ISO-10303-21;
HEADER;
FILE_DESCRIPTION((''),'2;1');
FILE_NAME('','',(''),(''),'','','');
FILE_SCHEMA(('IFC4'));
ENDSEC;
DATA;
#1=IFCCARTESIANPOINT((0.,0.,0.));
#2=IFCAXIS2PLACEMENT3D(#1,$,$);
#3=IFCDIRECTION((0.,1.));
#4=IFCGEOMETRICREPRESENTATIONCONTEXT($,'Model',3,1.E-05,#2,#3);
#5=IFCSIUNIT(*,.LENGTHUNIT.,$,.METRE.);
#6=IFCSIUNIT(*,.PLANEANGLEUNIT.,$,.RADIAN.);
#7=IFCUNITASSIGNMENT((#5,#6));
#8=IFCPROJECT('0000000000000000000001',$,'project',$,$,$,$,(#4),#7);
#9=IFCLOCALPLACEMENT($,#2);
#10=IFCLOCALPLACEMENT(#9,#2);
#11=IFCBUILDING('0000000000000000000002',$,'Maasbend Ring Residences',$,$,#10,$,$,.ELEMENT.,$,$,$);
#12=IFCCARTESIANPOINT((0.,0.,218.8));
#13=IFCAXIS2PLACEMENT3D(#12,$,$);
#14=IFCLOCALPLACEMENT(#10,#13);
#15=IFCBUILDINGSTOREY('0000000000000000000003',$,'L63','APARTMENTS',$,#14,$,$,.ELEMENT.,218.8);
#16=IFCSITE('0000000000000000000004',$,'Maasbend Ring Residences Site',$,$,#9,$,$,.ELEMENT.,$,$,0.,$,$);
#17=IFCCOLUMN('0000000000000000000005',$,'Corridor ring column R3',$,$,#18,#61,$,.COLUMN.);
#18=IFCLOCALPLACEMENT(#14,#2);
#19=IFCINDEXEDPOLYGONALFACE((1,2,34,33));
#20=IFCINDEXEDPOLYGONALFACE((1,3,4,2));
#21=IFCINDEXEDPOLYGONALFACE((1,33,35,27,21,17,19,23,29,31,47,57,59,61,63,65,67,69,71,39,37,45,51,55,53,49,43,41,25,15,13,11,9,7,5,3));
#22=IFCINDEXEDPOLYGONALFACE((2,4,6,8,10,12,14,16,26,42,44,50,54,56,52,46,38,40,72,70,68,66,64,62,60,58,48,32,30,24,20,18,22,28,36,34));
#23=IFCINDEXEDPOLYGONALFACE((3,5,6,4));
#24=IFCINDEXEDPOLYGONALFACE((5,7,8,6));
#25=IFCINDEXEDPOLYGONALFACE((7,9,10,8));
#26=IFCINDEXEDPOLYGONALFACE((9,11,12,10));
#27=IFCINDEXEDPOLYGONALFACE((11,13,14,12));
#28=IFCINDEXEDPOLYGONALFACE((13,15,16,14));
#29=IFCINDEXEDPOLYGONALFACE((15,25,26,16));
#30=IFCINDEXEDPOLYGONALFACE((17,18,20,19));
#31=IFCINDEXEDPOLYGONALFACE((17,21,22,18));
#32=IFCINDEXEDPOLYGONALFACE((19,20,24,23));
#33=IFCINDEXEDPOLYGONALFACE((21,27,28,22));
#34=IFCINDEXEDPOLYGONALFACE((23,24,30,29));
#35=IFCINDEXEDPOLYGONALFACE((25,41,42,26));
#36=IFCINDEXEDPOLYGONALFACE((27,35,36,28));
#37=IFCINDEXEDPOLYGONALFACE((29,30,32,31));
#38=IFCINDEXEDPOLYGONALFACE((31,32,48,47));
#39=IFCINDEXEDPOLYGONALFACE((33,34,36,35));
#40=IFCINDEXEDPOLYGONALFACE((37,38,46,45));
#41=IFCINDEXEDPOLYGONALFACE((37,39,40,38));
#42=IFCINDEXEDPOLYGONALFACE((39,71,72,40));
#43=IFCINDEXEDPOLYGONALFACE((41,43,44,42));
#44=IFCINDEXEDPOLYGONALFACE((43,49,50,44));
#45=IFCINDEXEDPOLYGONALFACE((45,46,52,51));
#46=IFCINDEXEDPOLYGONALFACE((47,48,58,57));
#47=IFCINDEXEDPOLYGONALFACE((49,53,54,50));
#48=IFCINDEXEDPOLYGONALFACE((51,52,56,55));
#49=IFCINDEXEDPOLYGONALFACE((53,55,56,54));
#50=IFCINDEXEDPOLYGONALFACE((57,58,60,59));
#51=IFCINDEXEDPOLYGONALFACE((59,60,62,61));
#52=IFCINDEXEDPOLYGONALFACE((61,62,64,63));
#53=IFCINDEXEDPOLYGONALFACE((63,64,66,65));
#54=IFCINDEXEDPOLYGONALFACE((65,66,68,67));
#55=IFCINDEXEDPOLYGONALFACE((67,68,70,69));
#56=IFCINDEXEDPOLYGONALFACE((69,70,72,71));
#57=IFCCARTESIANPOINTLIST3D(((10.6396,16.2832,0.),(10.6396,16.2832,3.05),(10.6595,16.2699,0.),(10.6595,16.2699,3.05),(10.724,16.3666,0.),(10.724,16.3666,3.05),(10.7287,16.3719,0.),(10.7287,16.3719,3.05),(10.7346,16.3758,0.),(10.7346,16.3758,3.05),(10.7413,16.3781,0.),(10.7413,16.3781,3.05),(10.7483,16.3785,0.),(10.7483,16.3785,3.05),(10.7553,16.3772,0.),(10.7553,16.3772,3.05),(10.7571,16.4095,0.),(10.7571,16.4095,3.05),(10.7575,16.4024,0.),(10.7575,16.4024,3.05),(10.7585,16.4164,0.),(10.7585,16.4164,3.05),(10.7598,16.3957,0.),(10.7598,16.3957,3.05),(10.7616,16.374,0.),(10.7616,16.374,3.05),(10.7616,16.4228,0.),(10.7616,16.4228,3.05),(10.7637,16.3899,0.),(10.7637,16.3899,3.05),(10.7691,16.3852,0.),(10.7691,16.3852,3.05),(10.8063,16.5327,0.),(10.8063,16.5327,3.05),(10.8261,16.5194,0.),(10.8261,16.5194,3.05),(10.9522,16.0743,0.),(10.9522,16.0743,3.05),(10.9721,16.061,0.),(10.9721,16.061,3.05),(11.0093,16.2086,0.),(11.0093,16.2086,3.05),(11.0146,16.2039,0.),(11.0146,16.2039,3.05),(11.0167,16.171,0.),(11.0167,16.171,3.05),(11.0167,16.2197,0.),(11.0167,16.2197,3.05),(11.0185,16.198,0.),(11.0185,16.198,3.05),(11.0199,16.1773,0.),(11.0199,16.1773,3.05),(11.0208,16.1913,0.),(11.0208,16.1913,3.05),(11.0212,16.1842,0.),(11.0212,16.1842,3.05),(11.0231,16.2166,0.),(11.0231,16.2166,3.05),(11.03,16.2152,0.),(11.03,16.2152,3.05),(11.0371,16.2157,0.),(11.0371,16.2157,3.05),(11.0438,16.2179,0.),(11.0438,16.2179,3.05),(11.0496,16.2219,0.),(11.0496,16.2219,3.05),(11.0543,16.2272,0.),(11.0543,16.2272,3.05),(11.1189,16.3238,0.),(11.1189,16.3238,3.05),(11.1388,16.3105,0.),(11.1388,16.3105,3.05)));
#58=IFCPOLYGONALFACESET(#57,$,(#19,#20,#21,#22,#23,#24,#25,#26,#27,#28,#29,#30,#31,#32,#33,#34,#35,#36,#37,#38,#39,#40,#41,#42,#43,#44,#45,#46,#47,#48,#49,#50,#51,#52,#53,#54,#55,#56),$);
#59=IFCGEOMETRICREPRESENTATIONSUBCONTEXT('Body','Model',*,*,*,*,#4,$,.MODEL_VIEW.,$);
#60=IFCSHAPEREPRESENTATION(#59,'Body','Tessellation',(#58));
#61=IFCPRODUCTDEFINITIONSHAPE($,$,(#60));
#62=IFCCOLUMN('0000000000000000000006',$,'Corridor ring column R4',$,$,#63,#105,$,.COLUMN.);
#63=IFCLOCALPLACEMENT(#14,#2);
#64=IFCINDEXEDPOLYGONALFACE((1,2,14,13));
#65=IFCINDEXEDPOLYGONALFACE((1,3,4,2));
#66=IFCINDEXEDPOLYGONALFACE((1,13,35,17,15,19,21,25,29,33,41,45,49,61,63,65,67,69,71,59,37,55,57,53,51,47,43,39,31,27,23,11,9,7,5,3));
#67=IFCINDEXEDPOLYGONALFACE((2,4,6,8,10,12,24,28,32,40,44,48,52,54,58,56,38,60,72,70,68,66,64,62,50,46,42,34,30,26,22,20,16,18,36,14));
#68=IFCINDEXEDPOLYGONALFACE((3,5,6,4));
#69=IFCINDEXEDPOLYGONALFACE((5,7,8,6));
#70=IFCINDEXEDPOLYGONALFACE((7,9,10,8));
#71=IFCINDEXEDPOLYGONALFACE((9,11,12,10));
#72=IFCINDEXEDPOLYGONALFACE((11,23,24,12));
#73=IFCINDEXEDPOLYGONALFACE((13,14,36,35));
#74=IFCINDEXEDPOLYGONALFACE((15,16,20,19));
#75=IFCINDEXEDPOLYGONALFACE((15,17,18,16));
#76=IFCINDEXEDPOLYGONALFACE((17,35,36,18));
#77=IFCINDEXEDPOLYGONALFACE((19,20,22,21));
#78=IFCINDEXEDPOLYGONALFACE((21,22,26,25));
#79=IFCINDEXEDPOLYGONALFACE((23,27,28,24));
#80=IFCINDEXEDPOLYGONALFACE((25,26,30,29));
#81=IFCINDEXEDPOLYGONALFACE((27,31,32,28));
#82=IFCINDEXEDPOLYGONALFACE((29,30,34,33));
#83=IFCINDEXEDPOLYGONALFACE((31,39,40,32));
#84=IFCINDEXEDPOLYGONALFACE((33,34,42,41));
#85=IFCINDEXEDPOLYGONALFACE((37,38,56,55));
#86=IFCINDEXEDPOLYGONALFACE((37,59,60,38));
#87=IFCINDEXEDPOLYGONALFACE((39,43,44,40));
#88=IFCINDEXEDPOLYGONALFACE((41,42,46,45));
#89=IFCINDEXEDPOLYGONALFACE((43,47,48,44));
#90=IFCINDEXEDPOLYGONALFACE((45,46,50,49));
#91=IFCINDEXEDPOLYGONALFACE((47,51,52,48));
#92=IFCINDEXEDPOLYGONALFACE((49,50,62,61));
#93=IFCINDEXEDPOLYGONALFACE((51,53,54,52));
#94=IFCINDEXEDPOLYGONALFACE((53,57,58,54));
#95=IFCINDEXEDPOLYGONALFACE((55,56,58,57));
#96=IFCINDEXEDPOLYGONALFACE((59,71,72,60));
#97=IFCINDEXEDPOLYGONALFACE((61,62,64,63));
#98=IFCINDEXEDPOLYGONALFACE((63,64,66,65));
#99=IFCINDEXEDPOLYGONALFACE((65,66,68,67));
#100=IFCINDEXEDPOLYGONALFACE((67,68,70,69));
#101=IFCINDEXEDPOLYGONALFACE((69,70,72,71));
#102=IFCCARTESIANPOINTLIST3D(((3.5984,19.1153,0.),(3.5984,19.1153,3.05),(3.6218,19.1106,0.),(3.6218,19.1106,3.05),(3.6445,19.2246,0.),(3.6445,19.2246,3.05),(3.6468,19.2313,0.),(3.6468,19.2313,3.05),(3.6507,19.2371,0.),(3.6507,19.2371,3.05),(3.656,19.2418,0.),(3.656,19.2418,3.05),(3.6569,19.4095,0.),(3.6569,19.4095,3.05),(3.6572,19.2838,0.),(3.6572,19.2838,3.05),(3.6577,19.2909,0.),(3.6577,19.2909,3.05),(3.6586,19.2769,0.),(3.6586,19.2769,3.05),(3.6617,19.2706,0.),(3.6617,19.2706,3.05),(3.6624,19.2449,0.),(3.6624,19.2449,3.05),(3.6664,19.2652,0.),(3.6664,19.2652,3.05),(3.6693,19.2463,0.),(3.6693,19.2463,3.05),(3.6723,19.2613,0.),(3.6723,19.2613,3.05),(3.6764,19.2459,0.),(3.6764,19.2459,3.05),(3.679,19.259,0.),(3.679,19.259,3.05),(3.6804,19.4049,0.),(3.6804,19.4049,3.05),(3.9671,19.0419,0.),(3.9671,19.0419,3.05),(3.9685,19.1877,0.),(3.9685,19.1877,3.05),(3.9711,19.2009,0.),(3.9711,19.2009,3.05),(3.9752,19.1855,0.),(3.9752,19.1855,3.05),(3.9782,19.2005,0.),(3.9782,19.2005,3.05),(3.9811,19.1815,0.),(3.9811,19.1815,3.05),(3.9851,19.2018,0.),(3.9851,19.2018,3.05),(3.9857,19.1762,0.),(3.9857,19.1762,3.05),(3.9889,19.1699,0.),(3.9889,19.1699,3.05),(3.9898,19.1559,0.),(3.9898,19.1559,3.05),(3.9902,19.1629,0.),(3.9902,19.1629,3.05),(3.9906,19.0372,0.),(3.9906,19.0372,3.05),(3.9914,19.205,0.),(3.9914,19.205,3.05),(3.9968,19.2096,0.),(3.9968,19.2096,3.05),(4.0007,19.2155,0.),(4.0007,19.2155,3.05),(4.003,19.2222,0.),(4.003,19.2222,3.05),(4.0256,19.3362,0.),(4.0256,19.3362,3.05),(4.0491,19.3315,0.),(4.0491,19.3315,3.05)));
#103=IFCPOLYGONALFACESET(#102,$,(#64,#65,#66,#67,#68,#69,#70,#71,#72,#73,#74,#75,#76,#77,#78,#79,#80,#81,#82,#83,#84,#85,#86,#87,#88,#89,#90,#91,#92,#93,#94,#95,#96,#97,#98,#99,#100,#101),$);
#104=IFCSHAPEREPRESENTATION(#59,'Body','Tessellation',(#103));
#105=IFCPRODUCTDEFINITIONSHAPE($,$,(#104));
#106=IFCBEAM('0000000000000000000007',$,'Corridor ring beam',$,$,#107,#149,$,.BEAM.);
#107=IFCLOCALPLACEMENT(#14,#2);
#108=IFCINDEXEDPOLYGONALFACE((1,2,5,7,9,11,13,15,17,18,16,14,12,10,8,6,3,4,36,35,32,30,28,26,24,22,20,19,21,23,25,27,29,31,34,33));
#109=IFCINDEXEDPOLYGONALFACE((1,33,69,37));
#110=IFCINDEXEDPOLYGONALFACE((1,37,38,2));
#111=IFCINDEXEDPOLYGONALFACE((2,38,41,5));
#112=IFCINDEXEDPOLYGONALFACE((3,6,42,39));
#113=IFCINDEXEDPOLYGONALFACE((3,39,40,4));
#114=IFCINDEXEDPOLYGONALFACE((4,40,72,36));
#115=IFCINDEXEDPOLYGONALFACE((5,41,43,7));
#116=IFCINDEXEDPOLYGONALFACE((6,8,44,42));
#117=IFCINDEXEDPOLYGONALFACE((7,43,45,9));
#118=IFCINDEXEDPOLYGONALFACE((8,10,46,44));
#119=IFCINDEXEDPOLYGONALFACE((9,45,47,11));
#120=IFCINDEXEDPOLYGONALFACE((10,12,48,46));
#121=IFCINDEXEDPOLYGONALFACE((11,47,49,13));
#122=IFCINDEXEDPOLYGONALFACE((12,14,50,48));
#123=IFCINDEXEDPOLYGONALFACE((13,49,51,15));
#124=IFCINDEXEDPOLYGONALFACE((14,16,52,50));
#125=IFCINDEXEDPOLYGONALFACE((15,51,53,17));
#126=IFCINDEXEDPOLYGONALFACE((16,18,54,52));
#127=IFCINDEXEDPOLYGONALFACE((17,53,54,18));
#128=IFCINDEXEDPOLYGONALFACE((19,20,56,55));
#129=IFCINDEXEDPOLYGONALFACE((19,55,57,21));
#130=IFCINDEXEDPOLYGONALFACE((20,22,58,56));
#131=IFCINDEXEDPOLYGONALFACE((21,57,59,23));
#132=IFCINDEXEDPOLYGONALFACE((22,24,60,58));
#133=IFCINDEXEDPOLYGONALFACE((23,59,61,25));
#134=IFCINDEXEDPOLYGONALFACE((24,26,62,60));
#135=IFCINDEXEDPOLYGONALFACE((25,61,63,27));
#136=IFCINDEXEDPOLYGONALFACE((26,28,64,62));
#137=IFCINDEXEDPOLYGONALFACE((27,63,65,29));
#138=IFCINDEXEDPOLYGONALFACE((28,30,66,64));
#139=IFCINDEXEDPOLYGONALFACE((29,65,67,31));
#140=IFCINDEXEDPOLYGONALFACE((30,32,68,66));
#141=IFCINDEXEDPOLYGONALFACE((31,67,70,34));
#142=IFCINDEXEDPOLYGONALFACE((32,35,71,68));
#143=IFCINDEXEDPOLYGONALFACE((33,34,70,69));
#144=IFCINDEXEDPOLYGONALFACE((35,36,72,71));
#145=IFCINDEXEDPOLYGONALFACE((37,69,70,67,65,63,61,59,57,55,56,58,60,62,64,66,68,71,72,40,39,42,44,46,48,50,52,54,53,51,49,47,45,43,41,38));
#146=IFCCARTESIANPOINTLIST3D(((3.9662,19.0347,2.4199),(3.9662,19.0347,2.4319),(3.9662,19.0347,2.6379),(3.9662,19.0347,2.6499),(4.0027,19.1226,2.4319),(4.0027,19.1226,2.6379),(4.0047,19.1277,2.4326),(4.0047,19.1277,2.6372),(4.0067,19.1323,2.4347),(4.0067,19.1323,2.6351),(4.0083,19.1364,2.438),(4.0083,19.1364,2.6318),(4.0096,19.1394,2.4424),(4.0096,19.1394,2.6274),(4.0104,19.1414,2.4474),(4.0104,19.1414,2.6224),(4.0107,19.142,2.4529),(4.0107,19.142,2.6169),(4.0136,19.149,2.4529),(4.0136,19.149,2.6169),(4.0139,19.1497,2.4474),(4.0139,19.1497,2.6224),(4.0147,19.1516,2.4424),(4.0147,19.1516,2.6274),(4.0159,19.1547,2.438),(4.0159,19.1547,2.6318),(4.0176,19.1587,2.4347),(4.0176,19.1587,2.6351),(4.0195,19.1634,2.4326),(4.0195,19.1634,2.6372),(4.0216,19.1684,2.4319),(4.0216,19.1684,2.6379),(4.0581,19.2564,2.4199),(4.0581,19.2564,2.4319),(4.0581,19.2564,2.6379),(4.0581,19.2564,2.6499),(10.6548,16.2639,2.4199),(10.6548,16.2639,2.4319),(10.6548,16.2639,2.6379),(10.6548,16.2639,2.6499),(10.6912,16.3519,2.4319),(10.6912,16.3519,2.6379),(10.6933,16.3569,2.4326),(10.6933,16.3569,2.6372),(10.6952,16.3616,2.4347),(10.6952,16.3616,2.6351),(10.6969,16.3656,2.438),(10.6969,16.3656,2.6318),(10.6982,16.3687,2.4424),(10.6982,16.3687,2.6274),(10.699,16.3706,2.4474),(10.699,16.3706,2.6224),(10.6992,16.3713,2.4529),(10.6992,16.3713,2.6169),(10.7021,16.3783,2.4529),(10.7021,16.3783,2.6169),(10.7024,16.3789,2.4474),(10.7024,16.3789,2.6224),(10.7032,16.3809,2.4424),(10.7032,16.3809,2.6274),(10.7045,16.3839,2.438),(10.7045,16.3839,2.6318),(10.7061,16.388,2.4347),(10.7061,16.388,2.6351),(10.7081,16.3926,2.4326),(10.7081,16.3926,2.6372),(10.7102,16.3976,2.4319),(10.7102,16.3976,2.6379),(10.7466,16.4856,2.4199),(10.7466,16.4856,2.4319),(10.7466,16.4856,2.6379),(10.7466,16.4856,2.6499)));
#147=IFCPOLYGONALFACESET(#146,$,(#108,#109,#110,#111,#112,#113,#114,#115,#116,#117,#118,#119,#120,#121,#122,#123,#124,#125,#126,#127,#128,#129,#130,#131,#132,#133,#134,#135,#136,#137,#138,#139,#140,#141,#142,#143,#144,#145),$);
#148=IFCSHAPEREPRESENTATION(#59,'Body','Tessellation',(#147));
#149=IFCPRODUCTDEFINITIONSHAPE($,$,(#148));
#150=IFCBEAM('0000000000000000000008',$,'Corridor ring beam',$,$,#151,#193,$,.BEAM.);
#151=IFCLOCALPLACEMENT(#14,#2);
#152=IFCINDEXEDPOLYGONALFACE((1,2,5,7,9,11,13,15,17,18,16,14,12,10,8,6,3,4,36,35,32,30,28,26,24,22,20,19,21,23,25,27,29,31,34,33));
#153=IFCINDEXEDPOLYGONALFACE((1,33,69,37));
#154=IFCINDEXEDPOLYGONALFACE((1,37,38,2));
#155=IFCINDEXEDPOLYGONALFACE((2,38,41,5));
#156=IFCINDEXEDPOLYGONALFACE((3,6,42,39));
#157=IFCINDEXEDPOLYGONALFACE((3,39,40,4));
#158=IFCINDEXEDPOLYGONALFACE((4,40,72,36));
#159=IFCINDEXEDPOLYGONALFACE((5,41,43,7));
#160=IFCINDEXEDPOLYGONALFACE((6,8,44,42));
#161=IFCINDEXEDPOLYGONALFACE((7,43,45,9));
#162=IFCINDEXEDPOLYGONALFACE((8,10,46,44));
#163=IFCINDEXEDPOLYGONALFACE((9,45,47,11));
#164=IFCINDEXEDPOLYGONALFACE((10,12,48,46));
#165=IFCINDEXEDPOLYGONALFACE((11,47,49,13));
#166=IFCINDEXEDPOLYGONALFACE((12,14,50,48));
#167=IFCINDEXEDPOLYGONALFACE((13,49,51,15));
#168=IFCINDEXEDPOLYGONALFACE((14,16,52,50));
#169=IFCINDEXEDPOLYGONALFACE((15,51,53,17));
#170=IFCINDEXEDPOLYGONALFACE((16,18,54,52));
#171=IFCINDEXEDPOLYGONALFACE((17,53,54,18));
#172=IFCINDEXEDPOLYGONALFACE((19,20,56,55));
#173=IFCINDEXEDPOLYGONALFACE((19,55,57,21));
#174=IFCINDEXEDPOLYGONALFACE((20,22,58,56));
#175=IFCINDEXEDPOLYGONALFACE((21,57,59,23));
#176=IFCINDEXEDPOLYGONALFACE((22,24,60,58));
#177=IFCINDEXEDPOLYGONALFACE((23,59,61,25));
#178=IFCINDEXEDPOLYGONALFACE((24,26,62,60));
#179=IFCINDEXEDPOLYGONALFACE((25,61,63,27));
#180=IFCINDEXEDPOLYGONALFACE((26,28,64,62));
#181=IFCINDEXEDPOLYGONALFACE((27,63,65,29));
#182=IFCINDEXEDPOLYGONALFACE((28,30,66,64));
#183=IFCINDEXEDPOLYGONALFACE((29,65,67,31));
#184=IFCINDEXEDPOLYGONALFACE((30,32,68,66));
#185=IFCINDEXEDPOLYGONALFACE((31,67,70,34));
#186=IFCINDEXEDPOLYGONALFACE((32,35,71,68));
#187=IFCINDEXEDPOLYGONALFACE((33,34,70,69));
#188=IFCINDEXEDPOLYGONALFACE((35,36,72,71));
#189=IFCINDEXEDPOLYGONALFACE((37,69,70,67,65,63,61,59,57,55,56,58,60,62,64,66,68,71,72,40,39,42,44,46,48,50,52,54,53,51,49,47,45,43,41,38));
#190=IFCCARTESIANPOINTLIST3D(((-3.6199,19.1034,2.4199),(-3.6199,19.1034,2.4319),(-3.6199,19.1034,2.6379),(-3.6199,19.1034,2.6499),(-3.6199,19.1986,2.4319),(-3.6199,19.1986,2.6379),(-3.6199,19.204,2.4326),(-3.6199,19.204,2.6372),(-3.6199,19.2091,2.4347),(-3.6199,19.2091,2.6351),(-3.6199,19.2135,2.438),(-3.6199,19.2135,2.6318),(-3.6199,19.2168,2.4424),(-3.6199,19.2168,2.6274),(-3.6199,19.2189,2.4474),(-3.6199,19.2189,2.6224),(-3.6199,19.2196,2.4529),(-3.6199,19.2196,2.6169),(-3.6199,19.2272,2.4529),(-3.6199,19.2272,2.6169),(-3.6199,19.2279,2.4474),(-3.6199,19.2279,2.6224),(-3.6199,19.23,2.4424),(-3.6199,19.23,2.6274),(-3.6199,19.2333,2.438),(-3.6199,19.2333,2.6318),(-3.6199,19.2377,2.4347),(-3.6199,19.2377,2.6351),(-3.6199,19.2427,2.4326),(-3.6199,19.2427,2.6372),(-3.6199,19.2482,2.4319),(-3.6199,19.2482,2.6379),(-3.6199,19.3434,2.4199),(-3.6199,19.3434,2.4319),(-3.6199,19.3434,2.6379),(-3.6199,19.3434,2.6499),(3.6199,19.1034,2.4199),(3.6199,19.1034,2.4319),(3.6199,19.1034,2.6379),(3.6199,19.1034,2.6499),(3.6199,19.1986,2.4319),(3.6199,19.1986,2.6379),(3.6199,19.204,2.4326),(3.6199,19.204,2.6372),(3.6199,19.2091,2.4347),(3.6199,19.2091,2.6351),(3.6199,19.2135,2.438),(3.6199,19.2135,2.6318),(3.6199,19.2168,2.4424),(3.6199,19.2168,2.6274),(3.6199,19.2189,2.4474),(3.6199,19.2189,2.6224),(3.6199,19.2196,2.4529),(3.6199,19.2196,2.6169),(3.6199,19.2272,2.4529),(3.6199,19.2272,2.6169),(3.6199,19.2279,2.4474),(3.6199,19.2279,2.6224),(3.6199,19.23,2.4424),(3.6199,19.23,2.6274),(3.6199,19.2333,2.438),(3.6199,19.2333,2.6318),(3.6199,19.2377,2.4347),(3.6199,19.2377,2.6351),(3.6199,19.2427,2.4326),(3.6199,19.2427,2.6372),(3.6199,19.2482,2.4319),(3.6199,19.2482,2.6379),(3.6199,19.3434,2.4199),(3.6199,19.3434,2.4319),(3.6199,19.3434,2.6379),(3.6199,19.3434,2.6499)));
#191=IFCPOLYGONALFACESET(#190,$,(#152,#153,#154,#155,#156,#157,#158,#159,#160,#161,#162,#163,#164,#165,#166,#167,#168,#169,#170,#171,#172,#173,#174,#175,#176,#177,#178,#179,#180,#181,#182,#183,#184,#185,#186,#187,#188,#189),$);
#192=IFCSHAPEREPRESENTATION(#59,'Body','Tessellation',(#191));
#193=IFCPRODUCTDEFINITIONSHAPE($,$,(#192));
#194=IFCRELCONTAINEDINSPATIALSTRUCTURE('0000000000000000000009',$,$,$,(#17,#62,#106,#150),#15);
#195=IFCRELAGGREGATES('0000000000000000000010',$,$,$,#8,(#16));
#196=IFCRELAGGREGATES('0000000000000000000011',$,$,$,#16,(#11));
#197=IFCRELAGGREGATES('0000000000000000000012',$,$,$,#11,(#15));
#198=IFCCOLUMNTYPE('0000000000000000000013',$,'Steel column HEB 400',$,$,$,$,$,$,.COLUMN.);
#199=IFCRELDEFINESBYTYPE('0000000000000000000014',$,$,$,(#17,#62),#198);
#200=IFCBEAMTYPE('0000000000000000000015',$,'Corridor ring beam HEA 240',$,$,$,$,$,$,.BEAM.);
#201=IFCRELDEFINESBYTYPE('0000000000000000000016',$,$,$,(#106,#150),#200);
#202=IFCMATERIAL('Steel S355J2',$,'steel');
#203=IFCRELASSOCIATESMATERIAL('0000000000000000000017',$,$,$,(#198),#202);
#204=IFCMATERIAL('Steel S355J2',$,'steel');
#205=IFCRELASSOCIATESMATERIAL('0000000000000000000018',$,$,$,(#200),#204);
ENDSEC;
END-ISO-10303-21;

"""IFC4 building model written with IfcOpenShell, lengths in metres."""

from ifc_helpers import new_model, si_unit, direction, frame, origin, origin_2d, place, context, subcontext, project, spatial, i_section, extrude, material, material_profile, profile_set, type_object, element, save


model = new_model("IFC4")

# Units and contexts
model_context = context("Model", 3, precision=1e-05, world=origin(), true_north=direction((0.0, 1.0)))
body_context = subcontext(model_context, "Body", "Model", "MODEL_VIEW")
ifc_project = project(units=[si_unit("LENGTHUNIT", "METRE"), si_unit("PLANEANGLEUNIT", "RADIAN")], contexts=[model_context])

# Site, building, storey
site_placement = place(None, origin())
site = spatial("IfcSite", under=ifc_project, at=site_placement, Name="Maasbend Ring Residences Site", CompositionType="ELEMENT", RefElevation=0.0)
building_placement = place(site_placement, origin())
building = spatial("IfcBuilding", under=site, at=building_placement, Name="Maasbend Ring Residences", CompositionType="ELEMENT")
storey_placement = place(building_placement, frame((0.0, 0.0, 218.8)))
storey = spatial("IfcBuildingStorey", under=building, at=storey_placement, Name="L63", Description="APARTMENTS", CompositionType="ELEMENT", Elevation=218.8)

# Columns
ifc_material_1 = material(Name="Steel S355J2", Category="steel")
ifc_material_profile_1 = material_profile(ifc_material_1, i_section(OverallWidth=0.3, OverallDepth=0.3999, WebThickness=0.0134, FlangeThickness=0.0239, FilletRadius=0.0271, at=origin_2d()), Name="HEB 400")
ifc_profile_set_1 = profile_set([ifc_material_profile_1], Name="Steel S355J2")
column_type = type_object("IfcColumnType", Name="Steel column HEB 400", PredefinedType="COLUMN", material=ifc_profile_set_1)
for number, where, z_axis, x_axis, name in (
    (1, (10.8892, 16.2969, 0.0), (0.0, 0.0, 1.0), (0.55557, 0.83147, 0.0), "Corridor ring column R3"),
    (2, (3.8237, 19.2234, 0.0), (0.0, 0.0, 1.0), (0.19509, 0.980785, 0.0), "Corridor ring column R4"),
):
    element("IfcColumn", number, at=place(storey_placement, frame(where, z_axis=z_axis, x_axis=x_axis)), inside=storey, type_object=column_type, Name=name, PredefinedType="COLUMN", context=body_context, shape_type="SweptSolid", body=[
        extrude(i_section(OverallWidth=0.3, OverallDepth=0.3999, WebThickness=0.0134, FlangeThickness=0.0239, FilletRadius=0.0271, at=origin_2d()), origin(), (0.0, 0.0, 1.0), 3.05),
    ])

# Beams
ifc_material_2 = material(Name="Steel S355J2", Category="steel")
ifc_material_profile_2 = material_profile(ifc_material_2, i_section(OverallWidth=0.24, OverallDepth=0.23, WebThickness=0.0076, FlangeThickness=0.012, FilletRadius=0.021, at=origin_2d()), Name="HEA 240")
ifc_profile_set_2 = profile_set([ifc_material_profile_2], Name="Steel S355J2")
beam_type = type_object("IfcBeamType", Name="Corridor ring beam HEA 240", PredefinedType="BEAM", material=ifc_profile_set_2)
for number, where, z_axis, x_axis, name in (
    (3, (10.7007, 16.3748, 2.5349), (-0.923865, 0.382718, 0.0), (-0.382718, -0.923865, 0.0), "Corridor ring beam"),
    (4, (3.6199, 19.2234, 2.5349), (-1.0, 0.0, 0.0), (0.0, -1.0, 0.0), "Corridor ring beam"),
):
    element("IfcBeam", number, at=place(storey_placement, frame(where, z_axis=z_axis, x_axis=x_axis)), inside=storey, type_object=beam_type, Name=name, PredefinedType="BEAM", context=body_context, shape_type="SweptSolid", body=[
        extrude(i_section(OverallWidth=0.24, OverallDepth=0.23, WebThickness=0.0076, FlangeThickness=0.012, FilletRadius=0.021, at=origin_2d()), origin(), (0.0, 0.0, 1.0), 7.2397),
    ])

save(model, "model.ifc")
